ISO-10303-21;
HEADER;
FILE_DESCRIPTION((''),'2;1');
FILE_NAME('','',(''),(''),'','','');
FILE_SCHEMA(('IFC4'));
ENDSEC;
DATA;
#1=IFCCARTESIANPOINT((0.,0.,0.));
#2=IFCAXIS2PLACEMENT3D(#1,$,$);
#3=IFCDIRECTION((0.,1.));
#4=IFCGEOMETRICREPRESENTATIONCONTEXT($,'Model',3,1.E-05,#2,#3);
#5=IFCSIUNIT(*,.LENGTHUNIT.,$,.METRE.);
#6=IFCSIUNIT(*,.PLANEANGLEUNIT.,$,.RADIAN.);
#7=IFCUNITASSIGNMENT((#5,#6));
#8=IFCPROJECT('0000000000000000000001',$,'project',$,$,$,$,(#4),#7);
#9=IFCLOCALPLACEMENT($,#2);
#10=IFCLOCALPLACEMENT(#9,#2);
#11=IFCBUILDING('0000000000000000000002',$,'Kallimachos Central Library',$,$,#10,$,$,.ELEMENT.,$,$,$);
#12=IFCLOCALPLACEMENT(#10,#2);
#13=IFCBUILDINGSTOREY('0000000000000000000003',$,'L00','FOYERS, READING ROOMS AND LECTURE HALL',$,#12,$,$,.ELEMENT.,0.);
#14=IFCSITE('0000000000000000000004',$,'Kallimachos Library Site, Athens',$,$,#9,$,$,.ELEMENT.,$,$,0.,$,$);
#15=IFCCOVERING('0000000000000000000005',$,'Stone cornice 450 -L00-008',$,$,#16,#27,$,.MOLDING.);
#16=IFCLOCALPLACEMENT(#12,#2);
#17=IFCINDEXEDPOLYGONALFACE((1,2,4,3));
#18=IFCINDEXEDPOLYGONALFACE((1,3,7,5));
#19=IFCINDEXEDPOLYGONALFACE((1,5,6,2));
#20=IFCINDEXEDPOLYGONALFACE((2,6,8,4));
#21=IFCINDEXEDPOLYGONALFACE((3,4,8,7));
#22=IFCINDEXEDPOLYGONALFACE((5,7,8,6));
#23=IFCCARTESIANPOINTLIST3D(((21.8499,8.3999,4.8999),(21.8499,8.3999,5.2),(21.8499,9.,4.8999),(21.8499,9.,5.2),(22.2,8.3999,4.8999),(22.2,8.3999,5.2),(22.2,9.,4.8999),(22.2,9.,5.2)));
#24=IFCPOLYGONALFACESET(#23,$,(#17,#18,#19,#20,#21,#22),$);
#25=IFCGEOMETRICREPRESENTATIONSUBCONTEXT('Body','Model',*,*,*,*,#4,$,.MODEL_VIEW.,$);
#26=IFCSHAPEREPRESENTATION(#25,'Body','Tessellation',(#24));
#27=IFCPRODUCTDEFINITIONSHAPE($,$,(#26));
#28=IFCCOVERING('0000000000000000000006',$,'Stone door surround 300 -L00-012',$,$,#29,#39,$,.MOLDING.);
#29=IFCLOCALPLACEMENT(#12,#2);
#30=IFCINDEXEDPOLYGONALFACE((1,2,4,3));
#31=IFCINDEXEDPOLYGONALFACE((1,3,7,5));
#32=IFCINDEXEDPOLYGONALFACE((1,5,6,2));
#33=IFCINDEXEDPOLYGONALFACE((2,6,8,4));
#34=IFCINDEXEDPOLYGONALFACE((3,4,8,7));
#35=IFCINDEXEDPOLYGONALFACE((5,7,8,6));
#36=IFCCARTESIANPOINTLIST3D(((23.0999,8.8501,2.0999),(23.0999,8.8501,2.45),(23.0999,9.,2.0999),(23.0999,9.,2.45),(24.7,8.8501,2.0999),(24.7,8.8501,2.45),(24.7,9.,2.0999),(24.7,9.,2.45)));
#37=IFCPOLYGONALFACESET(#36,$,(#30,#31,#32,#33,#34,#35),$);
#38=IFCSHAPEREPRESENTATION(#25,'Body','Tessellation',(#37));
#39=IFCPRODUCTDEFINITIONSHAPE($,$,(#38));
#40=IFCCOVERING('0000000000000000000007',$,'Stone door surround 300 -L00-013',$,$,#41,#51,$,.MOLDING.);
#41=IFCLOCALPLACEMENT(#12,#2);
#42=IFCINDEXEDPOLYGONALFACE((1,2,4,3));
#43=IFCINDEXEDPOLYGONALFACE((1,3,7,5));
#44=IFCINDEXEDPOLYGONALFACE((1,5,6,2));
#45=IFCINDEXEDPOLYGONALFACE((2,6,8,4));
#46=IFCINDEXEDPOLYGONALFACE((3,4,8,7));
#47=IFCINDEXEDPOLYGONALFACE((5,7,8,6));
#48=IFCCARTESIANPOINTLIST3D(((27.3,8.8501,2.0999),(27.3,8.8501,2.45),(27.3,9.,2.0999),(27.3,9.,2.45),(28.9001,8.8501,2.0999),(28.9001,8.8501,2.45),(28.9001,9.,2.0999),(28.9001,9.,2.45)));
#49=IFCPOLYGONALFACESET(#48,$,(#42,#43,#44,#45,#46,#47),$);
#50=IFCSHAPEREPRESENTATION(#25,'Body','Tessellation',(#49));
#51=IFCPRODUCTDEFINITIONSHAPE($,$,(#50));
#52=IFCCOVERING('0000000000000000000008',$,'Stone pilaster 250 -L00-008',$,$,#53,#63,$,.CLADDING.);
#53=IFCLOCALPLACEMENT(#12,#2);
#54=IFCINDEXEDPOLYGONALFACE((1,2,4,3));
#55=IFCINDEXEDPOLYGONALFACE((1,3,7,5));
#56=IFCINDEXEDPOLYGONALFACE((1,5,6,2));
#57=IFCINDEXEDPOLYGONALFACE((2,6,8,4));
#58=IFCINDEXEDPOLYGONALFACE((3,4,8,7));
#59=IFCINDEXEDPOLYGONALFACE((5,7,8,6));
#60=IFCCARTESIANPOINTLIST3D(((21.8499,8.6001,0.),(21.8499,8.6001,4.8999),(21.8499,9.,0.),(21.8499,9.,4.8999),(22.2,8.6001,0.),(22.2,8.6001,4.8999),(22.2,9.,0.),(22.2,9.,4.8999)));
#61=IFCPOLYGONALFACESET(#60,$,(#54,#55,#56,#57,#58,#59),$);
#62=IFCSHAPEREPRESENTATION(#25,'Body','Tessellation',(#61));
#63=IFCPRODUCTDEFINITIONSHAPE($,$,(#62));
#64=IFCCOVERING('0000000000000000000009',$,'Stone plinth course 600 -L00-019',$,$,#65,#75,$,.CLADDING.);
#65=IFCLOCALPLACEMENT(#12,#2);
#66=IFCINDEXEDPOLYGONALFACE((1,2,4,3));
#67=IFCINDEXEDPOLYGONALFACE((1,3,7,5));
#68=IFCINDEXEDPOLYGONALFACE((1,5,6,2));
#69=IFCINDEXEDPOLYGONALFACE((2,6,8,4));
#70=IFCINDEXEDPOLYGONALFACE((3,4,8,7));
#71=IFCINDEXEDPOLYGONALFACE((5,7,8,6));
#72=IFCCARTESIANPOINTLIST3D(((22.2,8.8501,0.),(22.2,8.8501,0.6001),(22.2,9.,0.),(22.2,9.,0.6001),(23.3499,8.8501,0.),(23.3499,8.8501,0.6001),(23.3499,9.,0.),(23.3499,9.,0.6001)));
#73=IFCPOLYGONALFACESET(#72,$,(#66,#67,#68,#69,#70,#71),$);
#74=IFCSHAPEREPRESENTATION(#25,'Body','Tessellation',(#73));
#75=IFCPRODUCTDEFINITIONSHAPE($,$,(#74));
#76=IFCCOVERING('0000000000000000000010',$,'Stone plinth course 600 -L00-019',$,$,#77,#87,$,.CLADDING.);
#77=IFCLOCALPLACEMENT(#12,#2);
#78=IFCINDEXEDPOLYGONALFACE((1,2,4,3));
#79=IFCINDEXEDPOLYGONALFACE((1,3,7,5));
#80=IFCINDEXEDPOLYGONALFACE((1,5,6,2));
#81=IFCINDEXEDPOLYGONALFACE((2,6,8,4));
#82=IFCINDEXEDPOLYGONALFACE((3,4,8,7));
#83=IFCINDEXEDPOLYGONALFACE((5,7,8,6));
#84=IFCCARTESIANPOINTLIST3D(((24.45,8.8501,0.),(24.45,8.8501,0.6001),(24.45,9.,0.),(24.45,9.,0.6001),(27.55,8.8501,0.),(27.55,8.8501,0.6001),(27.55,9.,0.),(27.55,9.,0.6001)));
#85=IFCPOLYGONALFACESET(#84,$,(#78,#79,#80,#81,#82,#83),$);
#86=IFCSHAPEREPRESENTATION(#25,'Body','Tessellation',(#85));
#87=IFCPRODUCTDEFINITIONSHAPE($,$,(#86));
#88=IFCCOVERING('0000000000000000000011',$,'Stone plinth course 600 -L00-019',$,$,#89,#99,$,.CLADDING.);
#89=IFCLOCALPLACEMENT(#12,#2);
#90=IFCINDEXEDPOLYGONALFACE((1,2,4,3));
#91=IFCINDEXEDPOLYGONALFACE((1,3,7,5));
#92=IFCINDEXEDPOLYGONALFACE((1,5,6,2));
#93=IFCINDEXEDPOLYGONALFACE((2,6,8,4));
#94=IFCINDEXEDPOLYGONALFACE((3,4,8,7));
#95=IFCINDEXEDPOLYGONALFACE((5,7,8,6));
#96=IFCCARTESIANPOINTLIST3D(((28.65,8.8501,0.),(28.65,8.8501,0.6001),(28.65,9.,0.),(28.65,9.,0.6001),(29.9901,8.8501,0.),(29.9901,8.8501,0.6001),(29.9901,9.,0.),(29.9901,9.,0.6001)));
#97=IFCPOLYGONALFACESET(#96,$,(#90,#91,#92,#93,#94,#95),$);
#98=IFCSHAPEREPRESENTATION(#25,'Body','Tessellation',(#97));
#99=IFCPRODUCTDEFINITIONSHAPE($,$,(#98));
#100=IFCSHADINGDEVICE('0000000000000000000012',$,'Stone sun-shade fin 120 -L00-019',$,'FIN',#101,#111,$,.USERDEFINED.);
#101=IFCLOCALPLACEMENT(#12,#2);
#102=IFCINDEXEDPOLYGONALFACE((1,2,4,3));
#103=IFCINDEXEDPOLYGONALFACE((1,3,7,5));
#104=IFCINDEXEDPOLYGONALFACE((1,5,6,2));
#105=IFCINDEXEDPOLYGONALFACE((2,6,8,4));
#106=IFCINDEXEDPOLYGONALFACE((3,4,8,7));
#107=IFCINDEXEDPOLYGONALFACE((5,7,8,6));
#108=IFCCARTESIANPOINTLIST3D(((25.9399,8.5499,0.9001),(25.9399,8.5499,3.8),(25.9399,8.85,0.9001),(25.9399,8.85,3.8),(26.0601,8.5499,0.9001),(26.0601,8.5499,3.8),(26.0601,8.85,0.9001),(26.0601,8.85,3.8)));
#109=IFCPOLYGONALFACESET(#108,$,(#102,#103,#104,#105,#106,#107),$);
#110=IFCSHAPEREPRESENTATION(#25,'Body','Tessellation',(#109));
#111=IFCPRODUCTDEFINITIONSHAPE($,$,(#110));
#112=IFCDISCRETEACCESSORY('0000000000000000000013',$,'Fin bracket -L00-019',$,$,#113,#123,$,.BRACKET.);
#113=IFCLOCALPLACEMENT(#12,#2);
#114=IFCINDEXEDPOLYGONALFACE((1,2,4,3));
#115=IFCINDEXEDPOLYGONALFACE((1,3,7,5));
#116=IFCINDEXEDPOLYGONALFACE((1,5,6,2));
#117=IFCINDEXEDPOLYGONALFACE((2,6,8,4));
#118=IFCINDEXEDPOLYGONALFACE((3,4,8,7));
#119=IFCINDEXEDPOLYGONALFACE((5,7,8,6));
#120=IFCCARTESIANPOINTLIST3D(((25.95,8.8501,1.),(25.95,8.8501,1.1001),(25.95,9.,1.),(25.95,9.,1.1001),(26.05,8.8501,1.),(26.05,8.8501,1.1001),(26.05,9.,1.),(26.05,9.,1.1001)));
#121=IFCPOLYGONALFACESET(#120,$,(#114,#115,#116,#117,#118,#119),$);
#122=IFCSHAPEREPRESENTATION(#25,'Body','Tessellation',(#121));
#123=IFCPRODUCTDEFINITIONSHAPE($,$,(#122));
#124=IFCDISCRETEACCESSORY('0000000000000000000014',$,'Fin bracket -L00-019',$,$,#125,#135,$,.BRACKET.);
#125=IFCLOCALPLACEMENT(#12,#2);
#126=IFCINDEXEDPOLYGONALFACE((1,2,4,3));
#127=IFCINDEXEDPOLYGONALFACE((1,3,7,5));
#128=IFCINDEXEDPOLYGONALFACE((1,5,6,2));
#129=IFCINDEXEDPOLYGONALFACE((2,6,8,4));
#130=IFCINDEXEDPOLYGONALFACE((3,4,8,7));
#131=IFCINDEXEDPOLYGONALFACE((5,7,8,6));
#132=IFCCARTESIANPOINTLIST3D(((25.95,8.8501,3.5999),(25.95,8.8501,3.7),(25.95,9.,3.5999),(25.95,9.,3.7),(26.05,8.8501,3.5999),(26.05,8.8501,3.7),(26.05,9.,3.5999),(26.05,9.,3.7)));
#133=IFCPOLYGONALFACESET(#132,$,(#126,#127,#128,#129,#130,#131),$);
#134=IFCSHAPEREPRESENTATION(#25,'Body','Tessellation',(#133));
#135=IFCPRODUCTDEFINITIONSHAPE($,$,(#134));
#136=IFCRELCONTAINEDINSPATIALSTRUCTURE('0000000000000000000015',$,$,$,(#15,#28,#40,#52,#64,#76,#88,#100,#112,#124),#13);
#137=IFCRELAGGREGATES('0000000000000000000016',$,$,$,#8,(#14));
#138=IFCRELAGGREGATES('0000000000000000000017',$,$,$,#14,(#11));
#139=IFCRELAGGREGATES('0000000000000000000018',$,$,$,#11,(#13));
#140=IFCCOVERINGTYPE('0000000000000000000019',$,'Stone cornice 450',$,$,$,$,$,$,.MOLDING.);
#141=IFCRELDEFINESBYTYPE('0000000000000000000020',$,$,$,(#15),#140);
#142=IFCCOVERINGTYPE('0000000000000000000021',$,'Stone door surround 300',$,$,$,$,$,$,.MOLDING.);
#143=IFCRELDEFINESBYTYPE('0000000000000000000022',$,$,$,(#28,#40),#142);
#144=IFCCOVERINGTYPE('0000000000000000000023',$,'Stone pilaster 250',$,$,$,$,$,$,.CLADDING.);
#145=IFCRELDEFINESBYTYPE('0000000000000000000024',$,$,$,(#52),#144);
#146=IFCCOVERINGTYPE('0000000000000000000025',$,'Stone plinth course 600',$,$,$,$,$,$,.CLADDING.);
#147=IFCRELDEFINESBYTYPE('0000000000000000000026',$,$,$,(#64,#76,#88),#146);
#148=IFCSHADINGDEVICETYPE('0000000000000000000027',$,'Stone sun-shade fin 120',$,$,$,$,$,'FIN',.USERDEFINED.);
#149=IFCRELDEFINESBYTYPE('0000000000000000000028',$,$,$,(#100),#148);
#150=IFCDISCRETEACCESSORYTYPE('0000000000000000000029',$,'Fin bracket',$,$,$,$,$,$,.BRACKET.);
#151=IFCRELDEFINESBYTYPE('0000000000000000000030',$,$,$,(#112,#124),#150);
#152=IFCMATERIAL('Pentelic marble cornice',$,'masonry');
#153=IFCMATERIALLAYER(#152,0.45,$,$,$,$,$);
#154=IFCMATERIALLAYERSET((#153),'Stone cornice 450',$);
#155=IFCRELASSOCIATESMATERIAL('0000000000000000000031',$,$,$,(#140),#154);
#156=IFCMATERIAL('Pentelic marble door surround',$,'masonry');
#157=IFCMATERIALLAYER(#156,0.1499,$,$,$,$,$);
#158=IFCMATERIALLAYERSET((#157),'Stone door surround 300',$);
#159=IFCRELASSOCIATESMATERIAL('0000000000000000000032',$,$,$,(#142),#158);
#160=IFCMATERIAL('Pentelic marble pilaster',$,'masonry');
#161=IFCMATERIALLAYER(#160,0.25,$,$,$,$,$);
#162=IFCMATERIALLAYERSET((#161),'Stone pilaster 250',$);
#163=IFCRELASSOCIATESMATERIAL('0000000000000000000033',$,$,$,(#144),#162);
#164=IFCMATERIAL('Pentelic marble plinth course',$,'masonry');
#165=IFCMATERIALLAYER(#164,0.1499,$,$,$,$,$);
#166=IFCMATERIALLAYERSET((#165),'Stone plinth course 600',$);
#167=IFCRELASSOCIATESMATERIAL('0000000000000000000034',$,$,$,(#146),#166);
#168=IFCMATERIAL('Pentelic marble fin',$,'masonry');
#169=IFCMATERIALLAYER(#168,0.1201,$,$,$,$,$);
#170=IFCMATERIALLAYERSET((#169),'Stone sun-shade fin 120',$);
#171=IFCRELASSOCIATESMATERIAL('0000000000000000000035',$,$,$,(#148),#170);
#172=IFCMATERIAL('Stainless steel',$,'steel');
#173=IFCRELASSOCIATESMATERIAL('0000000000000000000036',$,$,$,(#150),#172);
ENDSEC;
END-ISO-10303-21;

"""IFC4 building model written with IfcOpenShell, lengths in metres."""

from ifc_helpers import new_model, si_unit, direction, frame, origin, origin_2d, place, context, subcontext, project, spatial, rectangle, extrude, material, layer, layer_set, type_object, element, save


model = new_model("IFC4")

# Units and contexts
model_context = context("Model", 3, precision=1e-05, world=origin(), true_north=direction((0.0, 1.0)))
body_context = subcontext(model_context, "Body", "Model", "MODEL_VIEW")
ifc_project = project(units=[si_unit("LENGTHUNIT", "METRE"), si_unit("PLANEANGLEUNIT", "RADIAN")], contexts=[model_context])

# Site, building, storey
site_placement = place(None, origin())
site = spatial("IfcSite", under=ifc_project, at=site_placement, Name="Kallimachos Library Site, Athens", CompositionType="ELEMENT", RefElevation=0.0)
building_placement = place(site_placement, origin())
building = spatial("IfcBuilding", under=site, at=building_placement, Name="Kallimachos Central Library", CompositionType="ELEMENT")
storey_placement = place(building_placement, origin())
storey = spatial("IfcBuildingStorey", under=building, at=storey_placement, Name="L00", Description="FOYERS, READING ROOMS AND LECTURE HALL", CompositionType="ELEMENT", Elevation=0.0)

# Coverings
ifc_material_1 = material(Name="Pentelic marble cornice", Category="masonry")
ifc_layer_1 = layer(ifc_material_1, 0.45)
ifc_layer_set_1 = layer_set([ifc_layer_1], Name="Stone cornice 450")
covering_type_1 = type_object("IfcCoveringType", Name="Stone cornice 450", PredefinedType="MOLDING", material=ifc_layer_set_1)
covering_1_placement = place(storey_placement, frame((22.0249, 8.7, 4.8999), z_axis=(0.0, 0.0, 1.0), x_axis=(1.0, 0.0, 0.0)))
element("IfcCovering", 1, at=covering_1_placement, inside=storey, type_object=covering_type_1, Name="Stone cornice 450 -L00-008", PredefinedType="MOLDING", context=body_context, shape_type="SweptSolid", body=[
    extrude(rectangle(XDim=0.3501, YDim=0.6001, at=origin_2d()), origin(), (0.0, 0.0, 1.0), 0.3),
])
ifc_material_2 = material(Name="Pentelic marble door surround", Category="masonry")
ifc_layer_2 = layer(ifc_material_2, 0.1499)
ifc_layer_set_2 = layer_set([ifc_layer_2], Name="Stone door surround 300")
covering_type_2 = type_object("IfcCoveringType", Name="Stone door surround 300", PredefinedType="MOLDING", material=ifc_layer_set_2)
for number, where, z_axis, x_axis, name in (
    (2, (23.8999, 8.925, 2.0999), (0.0, 0.0, 1.0), (1.0, 0.0, 0.0), "Stone door surround 300 -L00-012"),
    (3, (28.1001, 8.925, 2.0999), (0.0, 0.0, 1.0), (1.0, 0.0, 0.0), "Stone door surround 300 -L00-013"),
):
    element("IfcCovering", number, at=place(storey_placement, frame(where, z_axis=z_axis, x_axis=x_axis)), inside=storey, type_object=covering_type_2, Name=name, PredefinedType="MOLDING", context=body_context, shape_type="SweptSolid", body=[
        extrude(rectangle(XDim=1.6001, YDim=0.1499, at=origin_2d()), origin(), (0.0, 0.0, 1.0), 0.3501),
    ])
ifc_material_3 = material(Name="Pentelic marble pilaster", Category="masonry")
ifc_layer_3 = layer(ifc_material_3, 0.25)
ifc_layer_set_3 = layer_set([ifc_layer_3], Name="Stone pilaster 250")
covering_type_3 = type_object("IfcCoveringType", Name="Stone pilaster 250", PredefinedType="CLADDING", material=ifc_layer_set_3)
covering_2_placement = place(storey_placement, frame((22.0249, 8.8, 0.0), z_axis=(0.0, 0.0, 1.0), x_axis=(1.0, 0.0, 0.0)))
element("IfcCovering", 4, at=covering_2_placement, inside=storey, type_object=covering_type_3, Name="Stone pilaster 250 -L00-008", PredefinedType="CLADDING", context=body_context, shape_type="SweptSolid", body=[
    extrude(rectangle(XDim=0.3501, YDim=0.3999, at=origin_2d()), origin(), (0.0, 0.0, 1.0), 4.8999),
])
ifc_material_4 = material(Name="Pentelic marble plinth course", Category="masonry")
ifc_layer_4 = layer(ifc_material_4, 0.1499)
ifc_layer_set_4 = layer_set([ifc_layer_4], Name="Stone plinth course 600")
covering_type_4 = type_object("IfcCoveringType", Name="Stone plinth course 600", PredefinedType="CLADDING", material=ifc_layer_set_4)
covering_3_placement = place(storey_placement, frame((22.7749, 8.925, 0.0), z_axis=(0.0, 0.0, 1.0), x_axis=(1.0, 0.0, 0.0)))
element("IfcCovering", 5, at=covering_3_placement, inside=storey, type_object=covering_type_4, Name="Stone plinth course 600 -L00-019", PredefinedType="CLADDING", context=body_context, shape_type="SweptSolid", body=[
    extrude(rectangle(XDim=1.1499, YDim=0.1499, at=origin_2d()), origin(), (0.0, 0.0, 1.0), 0.6001),
])
covering_4_placement = place(storey_placement, frame((26.0, 8.925, 0.0), z_axis=(0.0, 0.0, 1.0), x_axis=(1.0, 0.0, 0.0)))
element("IfcCovering", 6, at=covering_4_placement, inside=storey, type_object=covering_type_4, Name="Stone plinth course 600 -L00-019", PredefinedType="CLADDING", context=body_context, shape_type="SweptSolid", body=[
    extrude(rectangle(XDim=3.1001, YDim=0.1499, at=origin_2d()), origin(), (0.0, 0.0, 1.0), 0.6001),
])
covering_5_placement = place(storey_placement, frame((29.3201, 8.925, 0.0), z_axis=(0.0, 0.0, 1.0), x_axis=(1.0, 0.0, 0.0)))
element("IfcCovering", 7, at=covering_5_placement, inside=storey, type_object=covering_type_4, Name="Stone plinth course 600 -L00-019", PredefinedType="CLADDING", context=body_context, shape_type="SweptSolid", body=[
    extrude(rectangle(XDim=1.3401, YDim=0.1499, at=origin_2d()), origin(), (0.0, 0.0, 1.0), 0.6001),
])

# Shading device
ifc_material_5 = material(Name="Pentelic marble fin", Category="masonry")
ifc_layer_5 = layer(ifc_material_5, 0.1201)
ifc_layer_set_5 = layer_set([ifc_layer_5], Name="Stone sun-shade fin 120")
shading_device_type = type_object("IfcShadingDeviceType", Name="Stone sun-shade fin 120", ElementType="FIN", PredefinedType="USERDEFINED", material=ifc_layer_set_5)
shading_device_placement = place(storey_placement, frame((26.0, 8.7, 0.9001), z_axis=(0.0, 0.0, 1.0), x_axis=(1.0, 0.0, 0.0)))
element("IfcShadingDevice", 8, at=shading_device_placement, inside=storey, type_object=shading_device_type, Name="Stone sun-shade fin 120 -L00-019", ObjectType="FIN", PredefinedType="USERDEFINED", context=body_context, shape_type="SweptSolid", body=[
    extrude(rectangle(XDim=0.1201, YDim=0.3, at=origin_2d()), origin(), (0.0, 0.0, 1.0), 2.8999),
])

# Discrete accessories
ifc_material_6 = material(Name="Stainless steel", Category="steel")
discrete_accessory_type = type_object("IfcDiscreteAccessoryType", Name="Fin bracket", PredefinedType="BRACKET", material=ifc_material_6)
for number, where, z_axis, x_axis, name in (
    (9, (26.0, 8.925, 1.0), (0.0, 0.0, 1.0), (1.0, 0.0, 0.0), "Fin bracket -L00-019"),
    (10, (26.0, 8.925, 3.5999), (0.0, 0.0, 1.0), (1.0, 0.0, 0.0), "Fin bracket -L00-019"),
):
    element("IfcDiscreteAccessory", number, at=place(storey_placement, frame(where, z_axis=z_axis, x_axis=x_axis)), inside=storey, type_object=discrete_accessory_type, Name=name, PredefinedType="BRACKET", context=body_context, shape_type="SweptSolid", body=[
        extrude(rectangle(XDim=0.1001, YDim=0.1499, at=origin_2d()), origin(), (0.0, 0.0, 1.0), 0.1001),
    ])

save(model, "model.ifc")
